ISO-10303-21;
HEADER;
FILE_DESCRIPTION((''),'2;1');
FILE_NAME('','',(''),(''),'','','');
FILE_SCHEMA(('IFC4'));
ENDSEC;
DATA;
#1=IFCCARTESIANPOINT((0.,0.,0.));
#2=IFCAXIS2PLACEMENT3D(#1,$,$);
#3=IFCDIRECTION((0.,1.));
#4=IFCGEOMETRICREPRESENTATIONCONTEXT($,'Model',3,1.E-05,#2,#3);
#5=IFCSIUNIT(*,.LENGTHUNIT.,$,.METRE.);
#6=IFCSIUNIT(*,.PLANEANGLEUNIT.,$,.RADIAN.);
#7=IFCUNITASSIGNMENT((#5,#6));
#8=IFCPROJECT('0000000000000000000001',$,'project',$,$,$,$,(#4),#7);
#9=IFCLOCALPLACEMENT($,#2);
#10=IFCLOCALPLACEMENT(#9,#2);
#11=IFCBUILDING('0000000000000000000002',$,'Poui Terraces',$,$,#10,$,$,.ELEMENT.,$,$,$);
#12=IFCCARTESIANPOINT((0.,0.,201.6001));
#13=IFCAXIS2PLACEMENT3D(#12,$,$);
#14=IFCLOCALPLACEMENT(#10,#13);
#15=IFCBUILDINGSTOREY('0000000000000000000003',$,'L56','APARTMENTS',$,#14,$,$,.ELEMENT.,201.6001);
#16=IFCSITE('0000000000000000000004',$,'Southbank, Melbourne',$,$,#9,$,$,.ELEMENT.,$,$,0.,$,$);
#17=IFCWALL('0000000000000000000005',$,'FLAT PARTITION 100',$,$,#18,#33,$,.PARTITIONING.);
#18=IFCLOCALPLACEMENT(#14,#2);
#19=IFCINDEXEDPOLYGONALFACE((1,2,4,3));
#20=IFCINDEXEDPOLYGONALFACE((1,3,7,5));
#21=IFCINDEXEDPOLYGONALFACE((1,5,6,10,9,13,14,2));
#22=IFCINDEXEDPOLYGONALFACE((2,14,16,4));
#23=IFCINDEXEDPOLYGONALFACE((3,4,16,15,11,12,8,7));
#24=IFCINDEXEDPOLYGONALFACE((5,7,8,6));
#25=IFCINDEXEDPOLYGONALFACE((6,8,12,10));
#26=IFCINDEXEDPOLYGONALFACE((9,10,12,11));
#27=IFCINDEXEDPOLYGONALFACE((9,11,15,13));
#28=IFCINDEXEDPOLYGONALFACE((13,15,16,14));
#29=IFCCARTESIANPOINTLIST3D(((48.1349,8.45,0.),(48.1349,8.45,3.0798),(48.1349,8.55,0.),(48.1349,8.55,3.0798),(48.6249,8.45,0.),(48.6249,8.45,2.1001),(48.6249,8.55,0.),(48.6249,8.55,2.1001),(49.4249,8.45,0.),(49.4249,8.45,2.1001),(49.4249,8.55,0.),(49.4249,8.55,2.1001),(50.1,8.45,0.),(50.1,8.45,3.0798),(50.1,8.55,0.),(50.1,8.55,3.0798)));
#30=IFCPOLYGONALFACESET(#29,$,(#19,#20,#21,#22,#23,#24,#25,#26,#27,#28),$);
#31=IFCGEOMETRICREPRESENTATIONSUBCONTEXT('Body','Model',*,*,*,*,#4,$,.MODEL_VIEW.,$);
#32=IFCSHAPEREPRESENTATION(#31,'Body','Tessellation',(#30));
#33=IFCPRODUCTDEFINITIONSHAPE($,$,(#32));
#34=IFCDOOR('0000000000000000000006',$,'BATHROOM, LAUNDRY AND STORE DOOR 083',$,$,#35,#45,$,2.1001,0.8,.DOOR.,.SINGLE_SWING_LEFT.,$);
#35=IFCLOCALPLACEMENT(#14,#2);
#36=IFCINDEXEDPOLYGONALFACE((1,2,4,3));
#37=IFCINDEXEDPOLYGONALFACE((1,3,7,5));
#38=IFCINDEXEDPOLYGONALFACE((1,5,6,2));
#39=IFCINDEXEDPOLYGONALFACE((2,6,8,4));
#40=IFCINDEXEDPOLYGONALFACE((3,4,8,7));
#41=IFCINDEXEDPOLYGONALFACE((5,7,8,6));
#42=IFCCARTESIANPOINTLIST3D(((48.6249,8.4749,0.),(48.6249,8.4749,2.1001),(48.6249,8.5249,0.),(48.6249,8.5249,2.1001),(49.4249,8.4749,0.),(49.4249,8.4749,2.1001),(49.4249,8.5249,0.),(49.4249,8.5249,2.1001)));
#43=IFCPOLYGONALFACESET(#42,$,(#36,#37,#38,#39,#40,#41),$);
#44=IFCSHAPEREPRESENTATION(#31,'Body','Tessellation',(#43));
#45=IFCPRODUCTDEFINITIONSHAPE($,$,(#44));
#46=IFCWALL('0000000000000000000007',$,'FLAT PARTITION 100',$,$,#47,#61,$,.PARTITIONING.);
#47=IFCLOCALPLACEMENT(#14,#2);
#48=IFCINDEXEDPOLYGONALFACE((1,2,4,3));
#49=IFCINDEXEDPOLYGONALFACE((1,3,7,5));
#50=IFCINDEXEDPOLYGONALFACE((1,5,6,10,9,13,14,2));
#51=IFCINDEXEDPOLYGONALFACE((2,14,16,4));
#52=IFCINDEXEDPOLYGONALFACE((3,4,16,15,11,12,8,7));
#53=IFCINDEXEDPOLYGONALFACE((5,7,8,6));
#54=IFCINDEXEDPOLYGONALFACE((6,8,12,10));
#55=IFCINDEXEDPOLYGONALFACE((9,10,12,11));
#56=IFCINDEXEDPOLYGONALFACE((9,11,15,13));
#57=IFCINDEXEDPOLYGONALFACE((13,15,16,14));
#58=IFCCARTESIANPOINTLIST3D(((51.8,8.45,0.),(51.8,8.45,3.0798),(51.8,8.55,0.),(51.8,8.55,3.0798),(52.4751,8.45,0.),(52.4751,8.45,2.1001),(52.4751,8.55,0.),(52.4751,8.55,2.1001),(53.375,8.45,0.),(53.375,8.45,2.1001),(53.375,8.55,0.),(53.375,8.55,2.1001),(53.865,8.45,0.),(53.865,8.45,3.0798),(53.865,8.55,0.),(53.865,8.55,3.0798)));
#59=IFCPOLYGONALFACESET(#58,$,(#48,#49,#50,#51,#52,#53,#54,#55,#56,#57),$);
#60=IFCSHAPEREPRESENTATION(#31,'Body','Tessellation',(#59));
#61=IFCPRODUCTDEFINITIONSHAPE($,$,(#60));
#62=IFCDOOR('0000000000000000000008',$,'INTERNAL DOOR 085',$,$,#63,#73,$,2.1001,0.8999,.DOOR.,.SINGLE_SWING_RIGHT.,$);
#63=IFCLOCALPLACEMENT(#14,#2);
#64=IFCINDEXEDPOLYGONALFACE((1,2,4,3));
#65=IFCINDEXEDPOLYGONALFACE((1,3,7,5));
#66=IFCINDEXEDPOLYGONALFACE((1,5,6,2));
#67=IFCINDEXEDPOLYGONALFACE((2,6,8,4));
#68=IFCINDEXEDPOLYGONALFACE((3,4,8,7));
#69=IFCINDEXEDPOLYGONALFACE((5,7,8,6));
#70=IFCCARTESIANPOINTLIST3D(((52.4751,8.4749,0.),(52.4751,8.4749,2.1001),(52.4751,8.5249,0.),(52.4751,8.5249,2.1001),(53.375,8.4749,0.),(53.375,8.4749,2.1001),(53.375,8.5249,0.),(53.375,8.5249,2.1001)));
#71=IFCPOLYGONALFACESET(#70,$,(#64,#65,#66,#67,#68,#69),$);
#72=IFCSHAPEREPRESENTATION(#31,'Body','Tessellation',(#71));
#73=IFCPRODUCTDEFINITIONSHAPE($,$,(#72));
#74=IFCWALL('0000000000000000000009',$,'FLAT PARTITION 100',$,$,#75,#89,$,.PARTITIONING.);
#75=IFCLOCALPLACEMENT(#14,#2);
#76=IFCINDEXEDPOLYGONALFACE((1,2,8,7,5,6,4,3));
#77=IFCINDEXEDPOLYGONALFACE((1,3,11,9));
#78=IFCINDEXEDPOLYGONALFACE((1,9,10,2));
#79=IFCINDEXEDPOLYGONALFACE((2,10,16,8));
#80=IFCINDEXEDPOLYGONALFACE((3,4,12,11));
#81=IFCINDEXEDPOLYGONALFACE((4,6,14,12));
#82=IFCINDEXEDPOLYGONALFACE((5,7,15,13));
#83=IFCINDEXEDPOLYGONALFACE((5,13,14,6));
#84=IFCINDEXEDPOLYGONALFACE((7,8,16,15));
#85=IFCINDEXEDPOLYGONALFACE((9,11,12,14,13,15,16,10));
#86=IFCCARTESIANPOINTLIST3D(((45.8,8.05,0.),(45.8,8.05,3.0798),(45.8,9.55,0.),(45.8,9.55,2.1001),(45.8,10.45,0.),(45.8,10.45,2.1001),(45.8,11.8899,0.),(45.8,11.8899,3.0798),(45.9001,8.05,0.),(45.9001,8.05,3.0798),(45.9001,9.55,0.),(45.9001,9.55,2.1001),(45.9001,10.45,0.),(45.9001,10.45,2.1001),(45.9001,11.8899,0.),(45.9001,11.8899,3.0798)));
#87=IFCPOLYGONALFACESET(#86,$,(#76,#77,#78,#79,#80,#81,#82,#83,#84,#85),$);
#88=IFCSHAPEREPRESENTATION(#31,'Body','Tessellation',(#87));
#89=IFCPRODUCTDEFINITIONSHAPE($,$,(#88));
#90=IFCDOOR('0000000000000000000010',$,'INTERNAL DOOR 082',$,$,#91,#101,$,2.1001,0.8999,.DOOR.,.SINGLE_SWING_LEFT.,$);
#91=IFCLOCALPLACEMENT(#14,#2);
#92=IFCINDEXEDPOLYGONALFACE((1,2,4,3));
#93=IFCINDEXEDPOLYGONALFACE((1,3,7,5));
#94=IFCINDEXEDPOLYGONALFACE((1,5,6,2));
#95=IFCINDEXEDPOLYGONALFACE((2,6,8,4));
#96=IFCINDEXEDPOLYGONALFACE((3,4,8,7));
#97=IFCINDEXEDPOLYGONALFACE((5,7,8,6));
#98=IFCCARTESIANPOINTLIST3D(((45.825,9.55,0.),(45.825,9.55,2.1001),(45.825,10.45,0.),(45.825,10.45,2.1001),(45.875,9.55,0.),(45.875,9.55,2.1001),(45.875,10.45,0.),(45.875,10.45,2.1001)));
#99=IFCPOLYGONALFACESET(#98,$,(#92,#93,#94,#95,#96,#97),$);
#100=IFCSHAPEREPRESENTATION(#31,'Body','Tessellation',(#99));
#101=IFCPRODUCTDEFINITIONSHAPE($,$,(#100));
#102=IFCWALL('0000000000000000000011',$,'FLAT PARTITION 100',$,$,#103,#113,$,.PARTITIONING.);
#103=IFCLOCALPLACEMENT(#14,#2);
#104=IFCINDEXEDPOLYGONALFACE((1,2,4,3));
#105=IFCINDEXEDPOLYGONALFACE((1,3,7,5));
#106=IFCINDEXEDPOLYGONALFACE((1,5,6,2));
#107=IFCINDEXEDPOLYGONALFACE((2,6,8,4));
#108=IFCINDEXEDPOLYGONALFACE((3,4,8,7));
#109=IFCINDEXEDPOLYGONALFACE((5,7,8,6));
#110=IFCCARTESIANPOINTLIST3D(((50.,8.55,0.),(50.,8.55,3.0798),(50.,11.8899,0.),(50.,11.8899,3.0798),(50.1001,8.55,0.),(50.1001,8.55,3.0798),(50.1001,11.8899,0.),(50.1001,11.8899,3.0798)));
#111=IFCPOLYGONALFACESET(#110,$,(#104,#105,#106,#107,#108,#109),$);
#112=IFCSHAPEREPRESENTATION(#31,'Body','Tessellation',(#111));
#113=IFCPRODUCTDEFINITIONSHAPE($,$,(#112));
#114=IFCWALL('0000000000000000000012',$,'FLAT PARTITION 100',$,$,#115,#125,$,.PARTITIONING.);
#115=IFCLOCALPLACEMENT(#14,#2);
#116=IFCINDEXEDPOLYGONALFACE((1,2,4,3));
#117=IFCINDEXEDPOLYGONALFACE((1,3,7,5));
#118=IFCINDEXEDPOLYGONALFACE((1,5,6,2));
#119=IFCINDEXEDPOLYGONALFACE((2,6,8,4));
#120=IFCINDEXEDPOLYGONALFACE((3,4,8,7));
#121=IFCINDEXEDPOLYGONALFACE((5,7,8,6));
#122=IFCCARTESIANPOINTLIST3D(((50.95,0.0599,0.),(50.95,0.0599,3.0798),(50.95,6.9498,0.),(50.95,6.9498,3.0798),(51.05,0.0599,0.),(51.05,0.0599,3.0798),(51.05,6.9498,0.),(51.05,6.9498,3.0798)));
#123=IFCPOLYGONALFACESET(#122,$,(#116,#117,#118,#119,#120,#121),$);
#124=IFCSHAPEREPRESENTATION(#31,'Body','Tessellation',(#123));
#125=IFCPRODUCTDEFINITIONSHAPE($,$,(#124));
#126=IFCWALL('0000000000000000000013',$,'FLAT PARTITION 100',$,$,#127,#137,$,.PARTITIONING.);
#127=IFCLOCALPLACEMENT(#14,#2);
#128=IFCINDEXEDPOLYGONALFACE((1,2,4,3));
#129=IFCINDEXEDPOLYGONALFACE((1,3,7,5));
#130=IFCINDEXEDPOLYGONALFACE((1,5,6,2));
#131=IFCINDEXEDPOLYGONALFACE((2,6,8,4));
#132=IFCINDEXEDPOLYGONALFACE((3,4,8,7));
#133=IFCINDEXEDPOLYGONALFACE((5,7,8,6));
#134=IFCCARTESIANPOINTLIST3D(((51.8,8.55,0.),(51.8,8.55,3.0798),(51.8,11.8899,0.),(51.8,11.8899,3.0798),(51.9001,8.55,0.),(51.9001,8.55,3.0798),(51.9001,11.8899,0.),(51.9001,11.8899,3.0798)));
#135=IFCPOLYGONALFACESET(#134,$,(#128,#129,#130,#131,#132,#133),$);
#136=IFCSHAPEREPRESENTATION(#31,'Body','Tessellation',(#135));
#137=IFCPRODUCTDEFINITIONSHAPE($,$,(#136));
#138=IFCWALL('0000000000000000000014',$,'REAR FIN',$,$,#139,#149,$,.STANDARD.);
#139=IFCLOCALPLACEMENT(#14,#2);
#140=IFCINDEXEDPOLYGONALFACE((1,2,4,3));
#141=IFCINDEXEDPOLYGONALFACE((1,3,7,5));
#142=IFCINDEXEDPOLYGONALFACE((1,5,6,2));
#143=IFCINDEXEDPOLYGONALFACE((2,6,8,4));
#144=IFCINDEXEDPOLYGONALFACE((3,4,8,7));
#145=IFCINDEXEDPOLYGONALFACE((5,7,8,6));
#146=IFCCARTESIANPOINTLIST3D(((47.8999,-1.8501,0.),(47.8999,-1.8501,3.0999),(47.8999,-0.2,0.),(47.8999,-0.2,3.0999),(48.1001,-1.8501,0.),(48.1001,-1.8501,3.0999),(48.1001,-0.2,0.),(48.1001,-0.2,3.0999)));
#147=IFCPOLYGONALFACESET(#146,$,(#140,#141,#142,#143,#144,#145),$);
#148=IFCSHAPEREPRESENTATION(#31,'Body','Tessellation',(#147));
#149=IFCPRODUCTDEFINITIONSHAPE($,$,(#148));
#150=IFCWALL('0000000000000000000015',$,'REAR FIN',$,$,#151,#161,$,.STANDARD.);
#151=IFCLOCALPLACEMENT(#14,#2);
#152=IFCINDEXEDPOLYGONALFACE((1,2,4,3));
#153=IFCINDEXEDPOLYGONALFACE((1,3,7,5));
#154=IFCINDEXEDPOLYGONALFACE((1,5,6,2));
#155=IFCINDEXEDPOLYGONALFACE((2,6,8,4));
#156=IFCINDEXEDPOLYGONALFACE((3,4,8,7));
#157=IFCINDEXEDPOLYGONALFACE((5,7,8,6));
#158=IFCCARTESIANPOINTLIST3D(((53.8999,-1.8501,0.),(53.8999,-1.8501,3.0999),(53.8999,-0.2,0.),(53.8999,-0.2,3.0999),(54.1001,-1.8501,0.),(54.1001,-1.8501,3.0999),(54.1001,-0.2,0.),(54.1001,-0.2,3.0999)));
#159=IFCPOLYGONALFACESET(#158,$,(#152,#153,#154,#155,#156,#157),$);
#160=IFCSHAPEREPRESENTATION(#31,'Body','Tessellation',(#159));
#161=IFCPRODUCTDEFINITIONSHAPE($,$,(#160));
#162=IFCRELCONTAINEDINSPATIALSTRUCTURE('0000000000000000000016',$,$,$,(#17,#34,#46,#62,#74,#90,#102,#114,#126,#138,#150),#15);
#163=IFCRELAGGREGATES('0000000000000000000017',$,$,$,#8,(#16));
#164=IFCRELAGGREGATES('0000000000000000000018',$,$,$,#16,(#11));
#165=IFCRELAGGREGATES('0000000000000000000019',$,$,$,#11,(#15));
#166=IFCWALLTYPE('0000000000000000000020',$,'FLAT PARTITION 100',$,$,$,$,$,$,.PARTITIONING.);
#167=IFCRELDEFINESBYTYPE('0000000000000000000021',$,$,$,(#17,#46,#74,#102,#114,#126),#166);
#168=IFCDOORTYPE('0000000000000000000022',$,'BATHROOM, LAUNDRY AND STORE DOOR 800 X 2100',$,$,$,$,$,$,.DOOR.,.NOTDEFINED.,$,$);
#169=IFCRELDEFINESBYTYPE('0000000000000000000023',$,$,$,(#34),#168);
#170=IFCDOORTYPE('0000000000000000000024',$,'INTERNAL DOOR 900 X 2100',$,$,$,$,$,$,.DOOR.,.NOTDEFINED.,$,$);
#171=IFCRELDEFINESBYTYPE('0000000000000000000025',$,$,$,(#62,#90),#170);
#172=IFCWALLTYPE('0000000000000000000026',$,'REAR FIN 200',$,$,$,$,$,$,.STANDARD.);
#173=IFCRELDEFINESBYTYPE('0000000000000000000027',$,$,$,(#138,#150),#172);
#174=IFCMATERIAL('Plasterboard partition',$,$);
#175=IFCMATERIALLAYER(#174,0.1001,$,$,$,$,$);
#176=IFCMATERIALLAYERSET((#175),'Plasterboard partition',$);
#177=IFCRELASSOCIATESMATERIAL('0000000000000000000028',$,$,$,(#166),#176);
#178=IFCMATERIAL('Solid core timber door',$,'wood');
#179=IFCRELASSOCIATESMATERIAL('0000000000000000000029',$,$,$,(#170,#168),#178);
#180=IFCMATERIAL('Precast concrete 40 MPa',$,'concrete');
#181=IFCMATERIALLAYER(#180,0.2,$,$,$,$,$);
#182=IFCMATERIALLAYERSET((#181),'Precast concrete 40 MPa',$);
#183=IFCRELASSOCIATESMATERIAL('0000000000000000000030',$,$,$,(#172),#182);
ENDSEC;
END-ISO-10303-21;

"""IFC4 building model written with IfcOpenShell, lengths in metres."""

from ifc_helpers import new_model, si_unit, direction, frame, frame_2d, origin, place, context, subcontext, project, spatial, polyline, rectangle, outline, extrude, source, transform, mapped, material, layer, layer_set, type_object, element, fill, save


model = new_model("IFC4")

# Units and contexts
model_context = context("Model", 3, precision=1e-05, world=origin(), true_north=direction((0.0, 1.0)))
body_context = subcontext(model_context, "Body", "Model", "MODEL_VIEW")
ifc_project = project(units=[si_unit("LENGTHUNIT", "METRE"), si_unit("PLANEANGLEUNIT", "RADIAN")], contexts=[model_context])

# Site, building, storey
site_placement = place(None, origin())
site = spatial("IfcSite", under=ifc_project, at=site_placement, Name="Southbank, Melbourne", CompositionType="ELEMENT", RefElevation=0.0)
building_placement = place(site_placement, origin())
building = spatial("IfcBuilding", under=site, at=building_placement, Name="Poui Terraces", CompositionType="ELEMENT")
storey_placement = place(building_placement, frame((0.0, 0.0, 201.6001)))
storey = spatial("IfcBuildingStorey", under=building, at=storey_placement, Name="L56", Description="APARTMENTS", CompositionType="ELEMENT", Elevation=201.6001)

# Shared definitions
ifc_material_1 = material(Name="Precast concrete 40 MPa", Category="concrete")

# Shared definitions
ifc_material_2 = material(Name="Plasterboard partition")
ifc_layer_1 = layer(ifc_material_2, 0.1001)
ifc_layer_set_1 = layer_set([ifc_layer_1], Name="Plasterboard partition")
wall_type_1 = type_object("IfcWallType", Name="FLAT PARTITION 100", PredefinedType="PARTITIONING", material=ifc_layer_set_1)
ifc_material_3 = material(Name="Solid core timber door", Category="wood")
door_type_1 = type_object("IfcDoorType", Name="INTERNAL DOOR 900 X 2100", OperationType="NOTDEFINED", PredefinedType="DOOR", material=ifc_material_3)

# Walls, openings, doors
wall_1_placement = place(storey_placement, frame((48.135, 8.5, 0.0), z_axis=(0.0, 0.0, 1.0), x_axis=(1.0, 0.0, 0.0)))
wall_1 = element("IfcWall", 1, at=wall_1_placement, inside=storey, type_object=wall_type_1, Name="FLAT PARTITION 100", PredefinedType="PARTITIONING", context=body_context, shape_type="SweptSolid", body=[
    extrude(rectangle(XDim=1.9651, YDim=0.1001, at=frame_2d((0.9824, 0.0))), origin(), (0.0, 0.0, 1.0), 3.0798),
])
opening_1_placement = place(wall_1_placement, frame((0.49, 0.0, 0.0)))
opening_1 = element("IfcOpeningElement", 2, at=opening_1_placement, cuts=wall_1, PredefinedType="OPENING", context=body_context, shape_type="SweptSolid", body=[
    extrude(rectangle(XDim=0.8, YDim=2.1001, at=frame_2d((0.3999, 1.05))), frame((0.0, 0.0601, 0.0), z_axis=(0.0, -1.0, 0.0), x_axis=(1.0, 0.0, 0.0)), (0.0, 0.0, 1.0), 0.1201),
])
door_type_2 = type_object("IfcDoorType", Name="BATHROOM, LAUNDRY AND STORE DOOR 800 X 2100", OperationType="NOTDEFINED", PredefinedType="DOOR", material=ifc_material_3)
door_1_placement = place(opening_1_placement, origin())
door_1 = element("IfcDoor", 3, at=door_1_placement, inside=storey, type_object=door_type_2, Name="BATHROOM, LAUNDRY AND STORE DOOR 083", OperationType="SINGLE_SWING_LEFT", OverallHeight=2.1001, OverallWidth=0.8, PredefinedType="DOOR", context=body_context, shape_type="SweptSolid", body=[
    extrude(rectangle(XDim=0.8, YDim=2.1001, at=frame_2d((0.3999, 1.05))), frame((0.0, 0.0249, 0.0), z_axis=(0.0, -1.0, 0.0), x_axis=(1.0, 0.0, 0.0)), (0.0, 0.0, 1.0), 0.05),
])
fill(opening_1, door_1)
wall_2_placement = place(storey_placement, frame((51.8, 8.5, 0.0), z_axis=(0.0, 0.0, 1.0), x_axis=(1.0, 0.0, 0.0)))
wall_2 = element("IfcWall", 4, at=wall_2_placement, inside=storey, type_object=wall_type_1, Name="FLAT PARTITION 100", PredefinedType="PARTITIONING", context=body_context, shape_type="SweptSolid", body=[
    extrude(rectangle(XDim=2.0649, YDim=0.1001, at=frame_2d((1.0325, 0.0))), origin(), (0.0, 0.0, 1.0), 3.0798),
])
opening_2_placement = place(wall_2_placement, frame((0.675, 0.0, 0.0)))
opening_2 = element("IfcOpeningElement", 5, at=opening_2_placement, cuts=wall_2, PredefinedType="OPENING", context=body_context, shape_type="SweptSolid", body=[
    extrude(rectangle(XDim=0.8999, YDim=2.1001, at=frame_2d((0.45, 1.05))), frame((0.0, 0.0601, 0.0), z_axis=(0.0, -1.0, 0.0), x_axis=(1.0, 0.0, 0.0)), (0.0, 0.0, 1.0), 0.1201),
])
door_2_placement = place(opening_2_placement, origin())
door_2 = element("IfcDoor", 6, at=door_2_placement, inside=storey, type_object=door_type_1, Name="INTERNAL DOOR 085", OperationType="SINGLE_SWING_RIGHT", OverallHeight=2.1001, OverallWidth=0.8999, PredefinedType="DOOR", context=body_context, shape_type="SweptSolid", body=[
    extrude(rectangle(XDim=0.8999, YDim=2.1001, at=frame_2d((0.45, 1.05))), frame((0.0, 0.0249, 0.0), z_axis=(0.0, -1.0, 0.0), x_axis=(1.0, 0.0, 0.0)), (0.0, 0.0, 1.0), 0.05),
])
fill(opening_2, door_2)
wall_3_placement = place(storey_placement, frame((45.8501, 8.05, 0.0), z_axis=(0.0, 0.0, 1.0), x_axis=(0.0, 1.0, 0.0)))
wall_3 = element("IfcWall", 7, at=wall_3_placement, inside=storey, type_object=wall_type_1, Name="FLAT PARTITION 100", PredefinedType="PARTITIONING", context=body_context, shape_type="SweptSolid", body=[
    extrude(rectangle(XDim=3.8398, YDim=0.1001, at=frame_2d((1.9199, 0.0))), origin(), (0.0, 0.0, 1.0), 3.0798),
])
opening_3_placement = place(wall_3_placement, frame((1.5, 0.0, 0.0)))
opening_3 = element("IfcOpeningElement", 8, at=opening_3_placement, cuts=wall_3, PredefinedType="OPENING", context=body_context, shape_type="SweptSolid", body=[
    extrude(rectangle(XDim=0.8999, YDim=2.1001, at=frame_2d((0.45, 1.05))), frame((0.0, 0.0601, 0.0), z_axis=(0.0, -1.0, 0.0), x_axis=(1.0, 0.0, 0.0)), (0.0, 0.0, 1.0), 0.1201),
])
door_3_placement = place(opening_3_placement, frame((0.8999, 0.0, 0.0), z_axis=(0.0, 0.0, 1.0), x_axis=(-1.0, 0.0, 0.0)))
door_3 = element("IfcDoor", 9, at=door_3_placement, inside=storey, type_object=door_type_1, Name="INTERNAL DOOR 082", OperationType="SINGLE_SWING_LEFT", OverallHeight=2.1001, OverallWidth=0.8999, PredefinedType="DOOR", context=body_context, shape_type="SweptSolid", body=[
    extrude(rectangle(XDim=0.8999, YDim=2.1001, at=frame_2d((0.45, 1.05))), frame((0.0, 0.0249, 0.0), z_axis=(0.0, -1.0, 0.0), x_axis=(1.0, 0.0, 0.0)), (0.0, 0.0, 1.0), 0.05),
])
fill(opening_3, door_3)

# Walls
wall_4_placement = place(storey_placement, frame((50.05, 8.55, 0.0), z_axis=(0.0, 0.0, 1.0), x_axis=(0.0, 1.0, 0.0)))
element("IfcWall", 10, at=wall_4_placement, inside=storey, type_object=wall_type_1, Name="FLAT PARTITION 100", PredefinedType="PARTITIONING", context=body_context, shape_type="SweptSolid", body=[
    extrude(rectangle(XDim=3.3398, YDim=0.1001, at=frame_2d((1.6699, 0.0))), origin(), (0.0, 0.0, 1.0), 3.0798),
])
wall_5_placement = place(storey_placement, frame((51.0, 0.0601, 0.0), z_axis=(0.0, 0.0, 1.0), x_axis=(0.0, 1.0, 0.0)))
element("IfcWall", 11, at=wall_5_placement, inside=storey, type_object=wall_type_1, Name="FLAT PARTITION 100", PredefinedType="PARTITIONING", context=body_context, shape_type="SweptSolid", body=[
    extrude(rectangle(XDim=6.8899, YDim=0.1001, at=frame_2d((3.4448, 0.0))), origin(), (0.0, 0.0, 1.0), 3.0798),
])
wall_6_placement = place(storey_placement, frame((51.8501, 8.55, 0.0), z_axis=(0.0, 0.0, 1.0), x_axis=(0.0, 1.0, 0.0)))
element("IfcWall", 12, at=wall_6_placement, inside=storey, type_object=wall_type_1, Name="FLAT PARTITION 100", PredefinedType="PARTITIONING", context=body_context, shape_type="SweptSolid", body=[
    extrude(rectangle(XDim=3.3398, YDim=0.1001, at=frame_2d((1.6699, 0.0))), origin(), (0.0, 0.0, 1.0), 3.0798),
])
ifc_layer_2 = layer(ifc_material_1, 0.2)
ifc_layer_set_2 = layer_set([ifc_layer_2], Name="Precast concrete 40 MPa")
wall_type_2 = type_object("IfcWallType", Name="REAR FIN 200", PredefinedType="STANDARD", material=ifc_layer_set_2)
shared_shape_1 = source(origin(), body_context, "Body", "SweptSolid", [
    extrude(outline(polyline([(0.0, 0.0), (0.2002, 0.0), (0.2002, 1.6501), (0.0, 1.6501), (0.0, 0.0)])), origin(), (0.0, 0.0, 1.0), 3.0999),
])
for number, where, name in (
    (13, (47.8999, -1.8501, 0.0), "REAR FIN"),
    (14, (53.8999, -1.8501, 0.0), "REAR FIN"),
):
    element("IfcWall", number, at=place(storey_placement, frame(where)), inside=storey, type_object=wall_type_2, Name=name, PredefinedType="STANDARD", context=body_context, shape_type="MappedRepresentation", body=[
        mapped(shared_shape_1, transform((0.0, 0.0, 0.0))),
    ])

save(model, "model.ifc")
